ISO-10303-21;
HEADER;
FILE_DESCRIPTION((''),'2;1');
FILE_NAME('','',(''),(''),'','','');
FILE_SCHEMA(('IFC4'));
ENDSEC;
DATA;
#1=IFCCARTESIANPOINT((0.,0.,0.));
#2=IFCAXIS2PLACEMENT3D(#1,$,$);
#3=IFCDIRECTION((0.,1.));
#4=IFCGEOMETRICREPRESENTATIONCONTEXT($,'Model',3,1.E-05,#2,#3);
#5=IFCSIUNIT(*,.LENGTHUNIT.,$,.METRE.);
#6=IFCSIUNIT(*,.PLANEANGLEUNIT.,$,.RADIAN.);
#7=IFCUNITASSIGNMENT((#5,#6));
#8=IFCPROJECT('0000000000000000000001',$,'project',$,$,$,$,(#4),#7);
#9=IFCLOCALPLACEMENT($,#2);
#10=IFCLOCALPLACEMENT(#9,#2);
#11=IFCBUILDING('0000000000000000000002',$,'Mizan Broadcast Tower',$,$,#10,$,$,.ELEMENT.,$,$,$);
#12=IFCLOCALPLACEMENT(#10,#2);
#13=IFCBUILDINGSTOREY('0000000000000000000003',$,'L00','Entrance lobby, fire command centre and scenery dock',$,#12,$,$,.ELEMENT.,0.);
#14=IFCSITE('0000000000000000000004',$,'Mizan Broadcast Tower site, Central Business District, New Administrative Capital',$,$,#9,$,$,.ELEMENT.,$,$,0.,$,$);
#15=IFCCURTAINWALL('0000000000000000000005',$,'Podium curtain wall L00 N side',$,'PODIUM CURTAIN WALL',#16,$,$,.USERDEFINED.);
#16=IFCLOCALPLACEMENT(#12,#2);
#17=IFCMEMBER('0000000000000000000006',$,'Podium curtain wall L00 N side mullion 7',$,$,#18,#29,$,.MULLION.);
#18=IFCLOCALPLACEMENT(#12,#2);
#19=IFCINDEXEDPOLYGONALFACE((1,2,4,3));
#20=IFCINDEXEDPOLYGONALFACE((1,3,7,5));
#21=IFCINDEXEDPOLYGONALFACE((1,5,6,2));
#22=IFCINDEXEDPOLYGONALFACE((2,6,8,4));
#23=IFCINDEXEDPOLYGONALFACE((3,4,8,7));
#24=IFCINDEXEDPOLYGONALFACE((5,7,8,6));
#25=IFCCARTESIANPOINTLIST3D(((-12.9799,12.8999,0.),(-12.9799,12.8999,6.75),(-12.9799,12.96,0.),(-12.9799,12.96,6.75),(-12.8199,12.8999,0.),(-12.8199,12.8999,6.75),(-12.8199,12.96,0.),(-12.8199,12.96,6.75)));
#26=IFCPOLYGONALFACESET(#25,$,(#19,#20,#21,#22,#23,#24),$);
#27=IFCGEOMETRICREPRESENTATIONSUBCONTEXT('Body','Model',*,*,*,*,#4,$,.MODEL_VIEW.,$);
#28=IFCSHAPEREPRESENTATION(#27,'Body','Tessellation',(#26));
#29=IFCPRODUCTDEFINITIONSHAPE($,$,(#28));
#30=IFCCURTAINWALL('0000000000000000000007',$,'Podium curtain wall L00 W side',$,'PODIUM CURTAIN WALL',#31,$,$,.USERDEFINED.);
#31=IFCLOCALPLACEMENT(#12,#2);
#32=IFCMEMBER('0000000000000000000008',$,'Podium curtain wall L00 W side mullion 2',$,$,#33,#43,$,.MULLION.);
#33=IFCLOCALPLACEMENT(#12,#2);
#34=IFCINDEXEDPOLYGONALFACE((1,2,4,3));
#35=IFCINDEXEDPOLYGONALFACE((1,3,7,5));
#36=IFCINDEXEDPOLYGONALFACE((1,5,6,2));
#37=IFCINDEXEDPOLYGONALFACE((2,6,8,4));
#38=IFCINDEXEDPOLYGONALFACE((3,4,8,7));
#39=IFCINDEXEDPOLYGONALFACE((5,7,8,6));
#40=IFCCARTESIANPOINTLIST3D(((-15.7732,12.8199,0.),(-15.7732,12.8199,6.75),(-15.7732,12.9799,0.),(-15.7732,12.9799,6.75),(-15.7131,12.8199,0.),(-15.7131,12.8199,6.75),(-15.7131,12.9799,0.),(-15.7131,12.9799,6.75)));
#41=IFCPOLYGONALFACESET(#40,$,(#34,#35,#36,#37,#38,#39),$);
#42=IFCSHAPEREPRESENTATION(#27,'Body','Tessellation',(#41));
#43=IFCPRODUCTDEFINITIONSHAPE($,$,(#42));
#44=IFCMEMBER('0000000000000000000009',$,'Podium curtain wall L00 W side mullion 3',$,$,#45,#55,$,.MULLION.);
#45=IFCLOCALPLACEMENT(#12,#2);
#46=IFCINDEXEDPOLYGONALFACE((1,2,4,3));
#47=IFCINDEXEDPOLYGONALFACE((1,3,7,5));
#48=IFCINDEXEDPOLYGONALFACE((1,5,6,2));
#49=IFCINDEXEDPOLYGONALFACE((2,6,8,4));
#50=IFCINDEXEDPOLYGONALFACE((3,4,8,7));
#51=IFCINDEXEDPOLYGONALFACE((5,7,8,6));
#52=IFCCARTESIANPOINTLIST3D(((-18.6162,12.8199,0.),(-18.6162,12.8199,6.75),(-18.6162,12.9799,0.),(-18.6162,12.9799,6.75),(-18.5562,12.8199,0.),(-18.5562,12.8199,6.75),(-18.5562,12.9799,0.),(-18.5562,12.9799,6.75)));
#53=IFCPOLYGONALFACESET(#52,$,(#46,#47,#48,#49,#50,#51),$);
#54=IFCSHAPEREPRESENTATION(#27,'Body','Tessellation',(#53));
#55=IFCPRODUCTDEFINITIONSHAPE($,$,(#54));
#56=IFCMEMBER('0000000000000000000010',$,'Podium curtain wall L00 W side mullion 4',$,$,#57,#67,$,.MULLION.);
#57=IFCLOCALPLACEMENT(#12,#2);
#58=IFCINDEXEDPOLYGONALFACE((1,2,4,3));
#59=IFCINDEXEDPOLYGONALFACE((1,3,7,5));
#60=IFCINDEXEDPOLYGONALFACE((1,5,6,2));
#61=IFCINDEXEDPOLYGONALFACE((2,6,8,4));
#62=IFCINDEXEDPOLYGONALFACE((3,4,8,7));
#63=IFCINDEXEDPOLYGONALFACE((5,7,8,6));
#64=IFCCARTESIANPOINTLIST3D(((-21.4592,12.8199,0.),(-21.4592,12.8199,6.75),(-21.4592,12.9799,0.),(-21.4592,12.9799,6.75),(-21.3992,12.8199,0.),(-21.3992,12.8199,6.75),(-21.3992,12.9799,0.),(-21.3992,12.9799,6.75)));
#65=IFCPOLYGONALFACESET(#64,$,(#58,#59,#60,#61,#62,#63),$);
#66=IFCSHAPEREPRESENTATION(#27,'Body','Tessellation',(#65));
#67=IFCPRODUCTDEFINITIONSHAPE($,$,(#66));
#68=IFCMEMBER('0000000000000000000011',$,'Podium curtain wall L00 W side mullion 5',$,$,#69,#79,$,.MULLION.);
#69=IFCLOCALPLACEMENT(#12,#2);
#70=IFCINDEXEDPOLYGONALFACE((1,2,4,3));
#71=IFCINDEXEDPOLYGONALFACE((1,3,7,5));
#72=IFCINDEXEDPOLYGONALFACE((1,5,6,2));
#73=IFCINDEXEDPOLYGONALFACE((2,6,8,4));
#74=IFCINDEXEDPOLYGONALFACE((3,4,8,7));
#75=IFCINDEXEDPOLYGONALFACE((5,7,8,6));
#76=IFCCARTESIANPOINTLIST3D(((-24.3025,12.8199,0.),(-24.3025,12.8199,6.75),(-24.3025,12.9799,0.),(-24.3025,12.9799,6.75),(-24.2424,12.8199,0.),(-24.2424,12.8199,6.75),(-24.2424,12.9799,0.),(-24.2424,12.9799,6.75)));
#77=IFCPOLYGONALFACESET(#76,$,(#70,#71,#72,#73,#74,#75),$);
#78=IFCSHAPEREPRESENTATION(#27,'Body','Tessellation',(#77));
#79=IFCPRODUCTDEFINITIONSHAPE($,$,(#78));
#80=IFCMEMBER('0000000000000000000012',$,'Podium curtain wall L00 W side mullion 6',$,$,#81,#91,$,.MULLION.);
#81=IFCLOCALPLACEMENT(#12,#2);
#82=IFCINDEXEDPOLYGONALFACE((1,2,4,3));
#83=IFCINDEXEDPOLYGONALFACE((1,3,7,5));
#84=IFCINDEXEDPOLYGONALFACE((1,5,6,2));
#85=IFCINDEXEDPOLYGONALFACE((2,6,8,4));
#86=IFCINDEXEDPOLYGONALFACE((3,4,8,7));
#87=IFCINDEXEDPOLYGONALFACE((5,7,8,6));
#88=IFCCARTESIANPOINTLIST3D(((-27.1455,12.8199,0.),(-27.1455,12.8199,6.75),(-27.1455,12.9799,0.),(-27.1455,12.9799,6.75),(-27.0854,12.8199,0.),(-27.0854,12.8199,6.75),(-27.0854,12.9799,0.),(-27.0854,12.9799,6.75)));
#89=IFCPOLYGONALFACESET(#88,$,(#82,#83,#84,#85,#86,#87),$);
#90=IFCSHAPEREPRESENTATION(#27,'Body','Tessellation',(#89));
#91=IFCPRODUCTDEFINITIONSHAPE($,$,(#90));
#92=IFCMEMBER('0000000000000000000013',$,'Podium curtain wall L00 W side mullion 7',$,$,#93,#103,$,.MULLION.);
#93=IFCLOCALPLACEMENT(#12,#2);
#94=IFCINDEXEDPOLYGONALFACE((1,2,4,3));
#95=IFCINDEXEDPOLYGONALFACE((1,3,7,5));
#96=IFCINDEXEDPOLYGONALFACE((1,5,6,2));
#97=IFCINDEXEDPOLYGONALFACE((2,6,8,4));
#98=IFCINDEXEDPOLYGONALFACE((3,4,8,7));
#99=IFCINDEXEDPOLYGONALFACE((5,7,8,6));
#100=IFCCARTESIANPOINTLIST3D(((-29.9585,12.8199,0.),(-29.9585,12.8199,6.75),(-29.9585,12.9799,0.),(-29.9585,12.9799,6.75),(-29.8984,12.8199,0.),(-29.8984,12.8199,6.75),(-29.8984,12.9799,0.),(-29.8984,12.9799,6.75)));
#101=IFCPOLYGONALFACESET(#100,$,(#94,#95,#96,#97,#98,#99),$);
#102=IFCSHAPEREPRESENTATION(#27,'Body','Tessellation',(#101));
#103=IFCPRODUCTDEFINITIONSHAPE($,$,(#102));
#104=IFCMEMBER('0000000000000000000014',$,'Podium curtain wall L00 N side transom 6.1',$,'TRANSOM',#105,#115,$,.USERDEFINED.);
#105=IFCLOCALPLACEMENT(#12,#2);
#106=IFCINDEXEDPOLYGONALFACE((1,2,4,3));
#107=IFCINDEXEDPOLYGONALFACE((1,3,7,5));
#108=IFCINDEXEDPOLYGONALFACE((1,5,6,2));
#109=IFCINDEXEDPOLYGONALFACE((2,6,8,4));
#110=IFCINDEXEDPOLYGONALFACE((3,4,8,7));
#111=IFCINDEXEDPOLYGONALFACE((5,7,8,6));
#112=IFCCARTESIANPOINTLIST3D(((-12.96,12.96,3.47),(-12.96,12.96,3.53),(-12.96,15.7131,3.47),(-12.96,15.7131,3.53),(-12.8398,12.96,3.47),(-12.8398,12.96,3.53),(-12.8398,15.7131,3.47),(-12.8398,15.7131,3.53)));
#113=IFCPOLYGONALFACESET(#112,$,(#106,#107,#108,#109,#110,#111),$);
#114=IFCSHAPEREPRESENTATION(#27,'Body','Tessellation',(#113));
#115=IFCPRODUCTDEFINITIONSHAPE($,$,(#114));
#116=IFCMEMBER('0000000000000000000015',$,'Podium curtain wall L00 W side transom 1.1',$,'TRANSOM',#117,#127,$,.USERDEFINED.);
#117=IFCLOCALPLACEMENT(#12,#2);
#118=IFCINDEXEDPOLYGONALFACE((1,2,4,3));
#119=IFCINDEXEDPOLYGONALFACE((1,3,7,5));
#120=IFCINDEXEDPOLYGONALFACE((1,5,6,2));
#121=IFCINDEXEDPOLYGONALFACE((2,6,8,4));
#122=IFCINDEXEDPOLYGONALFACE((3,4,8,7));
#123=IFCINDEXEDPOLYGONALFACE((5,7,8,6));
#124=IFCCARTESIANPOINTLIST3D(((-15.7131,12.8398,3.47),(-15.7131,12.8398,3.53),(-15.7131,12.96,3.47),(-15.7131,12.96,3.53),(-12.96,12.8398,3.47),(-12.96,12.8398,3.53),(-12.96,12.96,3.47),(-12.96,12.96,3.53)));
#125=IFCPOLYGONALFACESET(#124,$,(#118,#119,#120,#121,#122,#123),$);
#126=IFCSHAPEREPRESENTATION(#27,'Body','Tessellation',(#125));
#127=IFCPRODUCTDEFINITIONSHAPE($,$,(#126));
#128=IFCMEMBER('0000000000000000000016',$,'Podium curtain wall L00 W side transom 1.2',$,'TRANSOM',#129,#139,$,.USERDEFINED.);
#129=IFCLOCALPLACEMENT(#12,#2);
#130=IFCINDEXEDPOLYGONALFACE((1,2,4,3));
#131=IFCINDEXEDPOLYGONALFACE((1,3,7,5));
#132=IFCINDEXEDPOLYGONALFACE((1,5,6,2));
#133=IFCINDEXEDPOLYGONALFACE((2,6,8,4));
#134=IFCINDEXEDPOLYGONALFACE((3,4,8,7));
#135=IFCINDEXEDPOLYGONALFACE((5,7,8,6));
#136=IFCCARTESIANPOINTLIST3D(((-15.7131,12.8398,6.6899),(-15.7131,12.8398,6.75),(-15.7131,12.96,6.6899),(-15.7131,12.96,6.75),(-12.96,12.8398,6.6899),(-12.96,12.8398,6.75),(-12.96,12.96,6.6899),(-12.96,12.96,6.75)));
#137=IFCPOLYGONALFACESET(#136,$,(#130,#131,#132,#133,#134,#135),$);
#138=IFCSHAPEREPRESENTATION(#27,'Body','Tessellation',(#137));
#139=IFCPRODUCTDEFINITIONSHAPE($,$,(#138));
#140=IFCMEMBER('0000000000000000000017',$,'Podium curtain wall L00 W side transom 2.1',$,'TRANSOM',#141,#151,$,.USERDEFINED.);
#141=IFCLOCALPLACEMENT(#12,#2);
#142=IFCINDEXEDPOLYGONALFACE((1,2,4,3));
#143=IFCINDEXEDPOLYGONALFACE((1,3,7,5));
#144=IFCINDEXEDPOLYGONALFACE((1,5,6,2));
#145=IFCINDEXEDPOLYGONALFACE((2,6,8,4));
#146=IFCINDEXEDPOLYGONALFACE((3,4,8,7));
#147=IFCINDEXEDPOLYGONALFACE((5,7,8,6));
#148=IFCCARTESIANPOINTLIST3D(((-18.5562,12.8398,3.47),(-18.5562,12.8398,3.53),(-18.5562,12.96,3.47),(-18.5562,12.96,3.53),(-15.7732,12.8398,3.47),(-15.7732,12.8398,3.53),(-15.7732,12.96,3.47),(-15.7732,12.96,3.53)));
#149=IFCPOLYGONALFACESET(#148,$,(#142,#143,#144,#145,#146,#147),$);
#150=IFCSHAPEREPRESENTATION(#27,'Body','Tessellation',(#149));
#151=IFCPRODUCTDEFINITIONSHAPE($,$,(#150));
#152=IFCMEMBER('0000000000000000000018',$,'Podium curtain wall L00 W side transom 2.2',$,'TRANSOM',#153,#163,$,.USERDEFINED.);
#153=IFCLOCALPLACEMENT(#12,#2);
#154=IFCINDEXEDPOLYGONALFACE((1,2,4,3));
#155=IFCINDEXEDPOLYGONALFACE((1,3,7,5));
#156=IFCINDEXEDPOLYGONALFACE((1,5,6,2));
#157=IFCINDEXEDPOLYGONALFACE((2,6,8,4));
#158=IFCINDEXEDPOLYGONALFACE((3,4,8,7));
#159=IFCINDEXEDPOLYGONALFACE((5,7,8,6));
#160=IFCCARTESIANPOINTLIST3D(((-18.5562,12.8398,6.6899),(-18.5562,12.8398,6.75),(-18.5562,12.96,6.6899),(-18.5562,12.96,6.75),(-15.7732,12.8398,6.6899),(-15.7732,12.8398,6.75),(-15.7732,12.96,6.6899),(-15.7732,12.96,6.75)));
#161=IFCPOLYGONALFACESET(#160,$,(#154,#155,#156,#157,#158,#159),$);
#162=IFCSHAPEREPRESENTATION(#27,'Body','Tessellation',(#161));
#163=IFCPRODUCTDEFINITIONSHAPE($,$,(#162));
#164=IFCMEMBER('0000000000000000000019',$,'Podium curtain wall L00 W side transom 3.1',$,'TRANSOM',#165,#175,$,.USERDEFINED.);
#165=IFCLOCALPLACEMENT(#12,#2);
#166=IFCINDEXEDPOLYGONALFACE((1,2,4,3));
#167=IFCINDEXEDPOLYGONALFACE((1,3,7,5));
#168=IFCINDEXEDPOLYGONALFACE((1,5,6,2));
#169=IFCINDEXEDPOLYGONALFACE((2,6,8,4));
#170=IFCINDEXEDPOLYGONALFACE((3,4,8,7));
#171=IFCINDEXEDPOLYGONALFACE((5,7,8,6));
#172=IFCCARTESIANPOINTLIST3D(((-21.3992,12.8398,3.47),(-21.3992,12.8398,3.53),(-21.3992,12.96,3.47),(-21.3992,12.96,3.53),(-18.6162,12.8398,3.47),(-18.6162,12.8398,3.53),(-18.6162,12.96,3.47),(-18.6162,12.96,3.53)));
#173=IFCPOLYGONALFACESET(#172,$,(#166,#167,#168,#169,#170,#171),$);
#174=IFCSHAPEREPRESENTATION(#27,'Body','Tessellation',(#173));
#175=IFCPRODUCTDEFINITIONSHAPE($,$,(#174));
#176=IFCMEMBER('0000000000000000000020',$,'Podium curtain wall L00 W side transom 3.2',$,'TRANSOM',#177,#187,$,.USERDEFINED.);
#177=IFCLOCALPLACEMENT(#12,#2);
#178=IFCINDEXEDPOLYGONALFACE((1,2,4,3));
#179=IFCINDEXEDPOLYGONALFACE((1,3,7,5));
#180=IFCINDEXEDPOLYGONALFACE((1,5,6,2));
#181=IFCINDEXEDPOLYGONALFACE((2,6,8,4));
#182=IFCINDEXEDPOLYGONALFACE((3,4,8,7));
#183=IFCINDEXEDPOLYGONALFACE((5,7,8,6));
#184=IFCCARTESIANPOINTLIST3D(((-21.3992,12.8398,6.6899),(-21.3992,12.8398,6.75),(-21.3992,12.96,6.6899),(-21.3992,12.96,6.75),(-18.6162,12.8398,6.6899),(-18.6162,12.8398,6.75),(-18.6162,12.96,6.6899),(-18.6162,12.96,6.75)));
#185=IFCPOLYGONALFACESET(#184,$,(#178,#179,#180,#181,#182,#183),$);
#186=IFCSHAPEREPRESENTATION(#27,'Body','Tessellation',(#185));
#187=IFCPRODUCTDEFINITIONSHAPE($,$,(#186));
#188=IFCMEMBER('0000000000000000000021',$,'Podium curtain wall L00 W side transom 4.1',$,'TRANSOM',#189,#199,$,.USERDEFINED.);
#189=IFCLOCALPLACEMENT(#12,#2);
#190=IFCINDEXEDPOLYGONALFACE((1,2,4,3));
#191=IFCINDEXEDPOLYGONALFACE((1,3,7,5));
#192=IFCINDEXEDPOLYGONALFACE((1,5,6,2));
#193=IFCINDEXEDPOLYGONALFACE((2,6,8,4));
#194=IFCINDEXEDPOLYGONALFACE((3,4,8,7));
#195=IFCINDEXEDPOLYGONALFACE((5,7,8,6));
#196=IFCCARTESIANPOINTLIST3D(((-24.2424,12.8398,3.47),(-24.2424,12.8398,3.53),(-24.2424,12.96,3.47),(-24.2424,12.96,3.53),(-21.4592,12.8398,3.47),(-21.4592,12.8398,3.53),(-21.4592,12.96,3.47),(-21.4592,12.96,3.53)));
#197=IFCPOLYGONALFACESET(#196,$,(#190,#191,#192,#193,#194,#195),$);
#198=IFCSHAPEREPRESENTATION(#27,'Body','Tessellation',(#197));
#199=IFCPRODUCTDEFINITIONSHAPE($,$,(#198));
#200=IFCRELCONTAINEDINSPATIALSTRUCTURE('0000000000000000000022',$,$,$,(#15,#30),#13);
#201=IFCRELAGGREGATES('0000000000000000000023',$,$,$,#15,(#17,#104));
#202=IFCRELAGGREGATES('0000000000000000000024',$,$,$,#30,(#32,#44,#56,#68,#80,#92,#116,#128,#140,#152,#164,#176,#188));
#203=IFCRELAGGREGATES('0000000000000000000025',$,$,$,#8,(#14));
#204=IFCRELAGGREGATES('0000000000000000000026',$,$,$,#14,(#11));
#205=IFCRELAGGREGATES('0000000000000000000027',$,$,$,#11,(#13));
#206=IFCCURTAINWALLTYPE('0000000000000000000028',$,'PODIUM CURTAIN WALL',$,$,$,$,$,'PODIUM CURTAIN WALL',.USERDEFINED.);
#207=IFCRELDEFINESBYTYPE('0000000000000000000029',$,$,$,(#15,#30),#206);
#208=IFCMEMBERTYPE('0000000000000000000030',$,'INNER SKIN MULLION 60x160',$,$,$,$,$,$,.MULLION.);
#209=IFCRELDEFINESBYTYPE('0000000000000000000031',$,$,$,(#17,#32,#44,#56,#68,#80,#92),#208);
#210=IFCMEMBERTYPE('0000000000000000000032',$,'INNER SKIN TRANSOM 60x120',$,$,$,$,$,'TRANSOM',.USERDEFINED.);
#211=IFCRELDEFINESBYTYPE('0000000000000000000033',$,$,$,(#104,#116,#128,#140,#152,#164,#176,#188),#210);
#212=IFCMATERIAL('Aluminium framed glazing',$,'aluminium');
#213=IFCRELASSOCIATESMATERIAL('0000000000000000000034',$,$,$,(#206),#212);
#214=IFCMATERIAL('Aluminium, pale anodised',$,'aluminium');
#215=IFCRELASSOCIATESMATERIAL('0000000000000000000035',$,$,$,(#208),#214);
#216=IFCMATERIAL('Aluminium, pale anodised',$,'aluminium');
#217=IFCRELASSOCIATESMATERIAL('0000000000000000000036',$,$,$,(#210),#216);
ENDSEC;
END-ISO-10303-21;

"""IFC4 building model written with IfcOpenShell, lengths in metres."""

from ifc_helpers import new_model, si_unit, direction, frame, origin, origin_2d, place, context, subcontext, project, spatial, rectangle, extrude, material, material_profile, profile_set, type_object, element, aggregate, save


model = new_model("IFC4")

# Units and contexts
model_context = context("Model", 3, precision=1e-05, world=origin(), true_north=direction((0.0, 1.0)))
body_context = subcontext(model_context, "Body", "Model", "MODEL_VIEW")
ifc_project = project(units=[si_unit("LENGTHUNIT", "METRE"), si_unit("PLANEANGLEUNIT", "RADIAN")], contexts=[model_context])

# Site, building, storey
site_placement = place(None, origin())
site = spatial("IfcSite", under=ifc_project, at=site_placement, Name="Mizan Broadcast Tower site, Central Business District, New Administrative Capital", CompositionType="ELEMENT", RefElevation=0.0)
building_placement = place(site_placement, origin())
building = spatial("IfcBuilding", under=site, at=building_placement, Name="Mizan Broadcast Tower", CompositionType="ELEMENT")
storey_placement = place(building_placement, origin())
storey = spatial("IfcBuildingStorey", under=building, at=storey_placement, Name="L00", Description="Entrance lobby, fire command centre and scenery dock", CompositionType="ELEMENT", Elevation=0.0)

# Curtain wall, member
ifc_material_1 = material(Name="Aluminium framed glazing", Category="aluminium")
curtain_wall_type = type_object("IfcCurtainWallType", Name="PODIUM CURTAIN WALL", ElementType="PODIUM CURTAIN WALL", PredefinedType="USERDEFINED", material=ifc_material_1)
curtain_wall_1_placement = place(storey_placement, origin())
curtain_wall_1 = element("IfcCurtainWall", 1, at=curtain_wall_1_placement, inside=storey, type_object=curtain_wall_type, Name="Podium curtain wall L00 N side", ObjectType="PODIUM CURTAIN WALL", PredefinedType="USERDEFINED")
ifc_material_2 = material(Name="Aluminium, pale anodised", Category="aluminium")
ifc_material_profile_1 = material_profile(ifc_material_2, rectangle(XDim=0.1599, YDim=0.0601, at=origin_2d()), Name="MULLION 160x60")
ifc_profile_set_1 = profile_set([ifc_material_profile_1], Name="Aluminium, pale anodised")
member_type_1 = type_object("IfcMemberType", Name="INNER SKIN MULLION 60x160", PredefinedType="MULLION", material=ifc_profile_set_1)
member_1_placement = place(storey_placement, frame((-12.8999, 12.9299, 0.0), z_axis=(0.0, 0.0, 1.0), x_axis=(1.0, 0.0, 0.0)))
member_1 = element("IfcMember", 2, at=member_1_placement, type_object=member_type_1, Name="Podium curtain wall L00 N side mullion 7", PredefinedType="MULLION", context=body_context, shape_type="SweptSolid", body=[
    extrude(rectangle(XDim=0.1599, YDim=0.0601, at=origin_2d()), origin(), (0.0, 0.0, 1.0), 6.75),
])

# Curtain wall, members
curtain_wall_2_placement = place(storey_placement, origin())
curtain_wall_2 = element("IfcCurtainWall", 3, at=curtain_wall_2_placement, inside=storey, type_object=curtain_wall_type, Name="Podium curtain wall L00 W side", ObjectType="PODIUM CURTAIN WALL", PredefinedType="USERDEFINED")
member_2_placement = place(storey_placement, frame((-15.7432, 12.8999, 0.0), z_axis=(0.0, 0.0, 1.0), x_axis=(0.0, -1.0, 0.0)))
member_2 = element("IfcMember", 4, at=member_2_placement, type_object=member_type_1, Name="Podium curtain wall L00 W side mullion 2", PredefinedType="MULLION", context=body_context, shape_type="SweptSolid", body=[
    extrude(rectangle(XDim=0.1599, YDim=0.0601, at=origin_2d()), origin(), (0.0, 0.0, 1.0), 6.75),
])
member_3_placement = place(storey_placement, frame((-18.5862, 12.8999, 0.0), z_axis=(0.0, 0.0, 1.0), x_axis=(0.0, -1.0, 0.0)))
member_3 = element("IfcMember", 5, at=member_3_placement, type_object=member_type_1, Name="Podium curtain wall L00 W side mullion 3", PredefinedType="MULLION", context=body_context, shape_type="SweptSolid", body=[
    extrude(rectangle(XDim=0.1599, YDim=0.0601, at=origin_2d()), origin(), (0.0, 0.0, 1.0), 6.75),
])
member_4_placement = place(storey_placement, frame((-21.4292, 12.8999, 0.0), z_axis=(0.0, 0.0, 1.0), x_axis=(0.0, -1.0, 0.0)))
member_4 = element("IfcMember", 6, at=member_4_placement, type_object=member_type_1, Name="Podium curtain wall L00 W side mullion 4", PredefinedType="MULLION", context=body_context, shape_type="SweptSolid", body=[
    extrude(rectangle(XDim=0.1599, YDim=0.0601, at=origin_2d()), origin(), (0.0, 0.0, 1.0), 6.75),
])
member_5_placement = place(storey_placement, frame((-24.2725, 12.8999, 0.0), z_axis=(0.0, 0.0, 1.0), x_axis=(0.0, -1.0, 0.0)))
member_5 = element("IfcMember", 7, at=member_5_placement, type_object=member_type_1, Name="Podium curtain wall L00 W side mullion 5", PredefinedType="MULLION", context=body_context, shape_type="SweptSolid", body=[
    extrude(rectangle(XDim=0.1599, YDim=0.0601, at=origin_2d()), origin(), (0.0, 0.0, 1.0), 6.75),
])
member_6_placement = place(storey_placement, frame((-27.1155, 12.8999, 0.0), z_axis=(0.0, 0.0, 1.0), x_axis=(0.0, -1.0, 0.0)))
member_6 = element("IfcMember", 8, at=member_6_placement, type_object=member_type_1, Name="Podium curtain wall L00 W side mullion 6", PredefinedType="MULLION", context=body_context, shape_type="SweptSolid", body=[
    extrude(rectangle(XDim=0.1599, YDim=0.0601, at=origin_2d()), origin(), (0.0, 0.0, 1.0), 6.75),
])
member_7_placement = place(storey_placement, frame((-29.9285, 12.8999, 0.0), z_axis=(0.0, 0.0, 1.0), x_axis=(0.0, -1.0, 0.0)))
member_7 = element("IfcMember", 9, at=member_7_placement, type_object=member_type_1, Name="Podium curtain wall L00 W side mullion 7", PredefinedType="MULLION", context=body_context, shape_type="SweptSolid", body=[
    extrude(rectangle(XDim=0.1599, YDim=0.0601, at=origin_2d()), origin(), (0.0, 0.0, 1.0), 6.75),
])

# Members
ifc_material_3 = material(Name="Aluminium, pale anodised", Category="aluminium")
ifc_material_profile_2 = material_profile(ifc_material_3, rectangle(XDim=0.1201, YDim=0.0601, at=origin_2d()), Name="TRANSOM 120x60")
ifc_profile_set_2 = profile_set([ifc_material_profile_2], Name="Aluminium, pale anodised")
member_type_2 = type_object("IfcMemberType", Name="INNER SKIN TRANSOM 60x120", ElementType="TRANSOM", PredefinedType="USERDEFINED", material=ifc_profile_set_2)
member_8_placement = place(storey_placement, frame((-12.8999, 15.7131, 3.5), z_axis=(0.0, -1.0, 0.0), x_axis=(1.0, 0.0, 0.0)))
member_8 = element("IfcMember", 10, at=member_8_placement, type_object=member_type_2, Name="Podium curtain wall L00 N side transom 6.1", ObjectType="TRANSOM", PredefinedType="USERDEFINED", context=body_context, shape_type="SweptSolid", body=[
    extrude(rectangle(XDim=0.1201, YDim=0.0601, at=origin_2d()), origin(), (0.0, 0.0, 1.0), 2.7532),
])
member_9_placement = place(storey_placement, frame((-12.96, 12.8999, 3.5), z_axis=(-1.0, 0.0, 0.0), x_axis=(0.0, -1.0, 0.0)))
member_9 = element("IfcMember", 11, at=member_9_placement, type_object=member_type_2, Name="Podium curtain wall L00 W side transom 1.1", ObjectType="TRANSOM", PredefinedType="USERDEFINED", context=body_context, shape_type="SweptSolid", body=[
    extrude(rectangle(XDim=0.1201, YDim=0.0601, at=origin_2d()), origin(), (0.0, 0.0, 1.0), 2.7532),
])
member_10_placement = place(storey_placement, frame((-12.96, 12.8999, 6.72), z_axis=(-1.0, 0.0, 0.0), x_axis=(0.0, -1.0, 0.0)))
member_10 = element("IfcMember", 12, at=member_10_placement, type_object=member_type_2, Name="Podium curtain wall L00 W side transom 1.2", ObjectType="TRANSOM", PredefinedType="USERDEFINED", context=body_context, shape_type="SweptSolid", body=[
    extrude(rectangle(XDim=0.1201, YDim=0.0601, at=origin_2d()), origin(), (0.0, 0.0, 1.0), 2.7532),
])
member_11_placement = place(storey_placement, frame((-15.7732, 12.8999, 3.5), z_axis=(-1.0, 0.0, 0.0), x_axis=(0.0, -1.0, 0.0)))
member_11 = element("IfcMember", 13, at=member_11_placement, type_object=member_type_2, Name="Podium curtain wall L00 W side transom 2.1", ObjectType="TRANSOM", PredefinedType="USERDEFINED", context=body_context, shape_type="SweptSolid", body=[
    extrude(rectangle(XDim=0.1201, YDim=0.0601, at=origin_2d()), origin(), (0.0, 0.0, 1.0), 2.783),
])
member_12_placement = place(storey_placement, frame((-15.7732, 12.8999, 6.72), z_axis=(-1.0, 0.0, 0.0), x_axis=(0.0, -1.0, 0.0)))
member_12 = element("IfcMember", 14, at=member_12_placement, type_object=member_type_2, Name="Podium curtain wall L00 W side transom 2.2", ObjectType="TRANSOM", PredefinedType="USERDEFINED", context=body_context, shape_type="SweptSolid", body=[
    extrude(rectangle(XDim=0.1201, YDim=0.0601, at=origin_2d()), origin(), (0.0, 0.0, 1.0), 2.783),
])
member_13_placement = place(storey_placement, frame((-18.6162, 12.8999, 3.5), z_axis=(-1.0, 0.0, 0.0), x_axis=(0.0, -1.0, 0.0)))
member_13 = element("IfcMember", 15, at=member_13_placement, type_object=member_type_2, Name="Podium curtain wall L00 W side transom 3.1", ObjectType="TRANSOM", PredefinedType="USERDEFINED", context=body_context, shape_type="SweptSolid", body=[
    extrude(rectangle(XDim=0.1201, YDim=0.0601, at=origin_2d()), origin(), (0.0, 0.0, 1.0), 2.783),
])
member_14_placement = place(storey_placement, frame((-18.6162, 12.8999, 6.72), z_axis=(-1.0, 0.0, 0.0), x_axis=(0.0, -1.0, 0.0)))
member_14 = element("IfcMember", 16, at=member_14_placement, type_object=member_type_2, Name="Podium curtain wall L00 W side transom 3.2", ObjectType="TRANSOM", PredefinedType="USERDEFINED", context=body_context, shape_type="SweptSolid", body=[
    extrude(rectangle(XDim=0.1201, YDim=0.0601, at=origin_2d()), origin(), (0.0, 0.0, 1.0), 2.783),
])
member_15_placement = place(storey_placement, frame((-21.4592, 12.8999, 3.5), z_axis=(-1.0, 0.0, 0.0), x_axis=(0.0, -1.0, 0.0)))
member_15 = element("IfcMember", 17, at=member_15_placement, type_object=member_type_2, Name="Podium curtain wall L00 W side transom 4.1", ObjectType="TRANSOM", PredefinedType="USERDEFINED", context=body_context, shape_type="SweptSolid", body=[
    extrude(rectangle(XDim=0.1201, YDim=0.0601, at=origin_2d()), origin(), (0.0, 0.0, 1.0), 2.7832),
])

aggregate(curtain_wall_1, [member_1, member_8])
aggregate(curtain_wall_2, [member_2, member_3, member_4, member_5, member_6, member_7, member_9, member_10, member_11, member_12, member_13, member_14, member_15])

save(model, "model.ifc")
